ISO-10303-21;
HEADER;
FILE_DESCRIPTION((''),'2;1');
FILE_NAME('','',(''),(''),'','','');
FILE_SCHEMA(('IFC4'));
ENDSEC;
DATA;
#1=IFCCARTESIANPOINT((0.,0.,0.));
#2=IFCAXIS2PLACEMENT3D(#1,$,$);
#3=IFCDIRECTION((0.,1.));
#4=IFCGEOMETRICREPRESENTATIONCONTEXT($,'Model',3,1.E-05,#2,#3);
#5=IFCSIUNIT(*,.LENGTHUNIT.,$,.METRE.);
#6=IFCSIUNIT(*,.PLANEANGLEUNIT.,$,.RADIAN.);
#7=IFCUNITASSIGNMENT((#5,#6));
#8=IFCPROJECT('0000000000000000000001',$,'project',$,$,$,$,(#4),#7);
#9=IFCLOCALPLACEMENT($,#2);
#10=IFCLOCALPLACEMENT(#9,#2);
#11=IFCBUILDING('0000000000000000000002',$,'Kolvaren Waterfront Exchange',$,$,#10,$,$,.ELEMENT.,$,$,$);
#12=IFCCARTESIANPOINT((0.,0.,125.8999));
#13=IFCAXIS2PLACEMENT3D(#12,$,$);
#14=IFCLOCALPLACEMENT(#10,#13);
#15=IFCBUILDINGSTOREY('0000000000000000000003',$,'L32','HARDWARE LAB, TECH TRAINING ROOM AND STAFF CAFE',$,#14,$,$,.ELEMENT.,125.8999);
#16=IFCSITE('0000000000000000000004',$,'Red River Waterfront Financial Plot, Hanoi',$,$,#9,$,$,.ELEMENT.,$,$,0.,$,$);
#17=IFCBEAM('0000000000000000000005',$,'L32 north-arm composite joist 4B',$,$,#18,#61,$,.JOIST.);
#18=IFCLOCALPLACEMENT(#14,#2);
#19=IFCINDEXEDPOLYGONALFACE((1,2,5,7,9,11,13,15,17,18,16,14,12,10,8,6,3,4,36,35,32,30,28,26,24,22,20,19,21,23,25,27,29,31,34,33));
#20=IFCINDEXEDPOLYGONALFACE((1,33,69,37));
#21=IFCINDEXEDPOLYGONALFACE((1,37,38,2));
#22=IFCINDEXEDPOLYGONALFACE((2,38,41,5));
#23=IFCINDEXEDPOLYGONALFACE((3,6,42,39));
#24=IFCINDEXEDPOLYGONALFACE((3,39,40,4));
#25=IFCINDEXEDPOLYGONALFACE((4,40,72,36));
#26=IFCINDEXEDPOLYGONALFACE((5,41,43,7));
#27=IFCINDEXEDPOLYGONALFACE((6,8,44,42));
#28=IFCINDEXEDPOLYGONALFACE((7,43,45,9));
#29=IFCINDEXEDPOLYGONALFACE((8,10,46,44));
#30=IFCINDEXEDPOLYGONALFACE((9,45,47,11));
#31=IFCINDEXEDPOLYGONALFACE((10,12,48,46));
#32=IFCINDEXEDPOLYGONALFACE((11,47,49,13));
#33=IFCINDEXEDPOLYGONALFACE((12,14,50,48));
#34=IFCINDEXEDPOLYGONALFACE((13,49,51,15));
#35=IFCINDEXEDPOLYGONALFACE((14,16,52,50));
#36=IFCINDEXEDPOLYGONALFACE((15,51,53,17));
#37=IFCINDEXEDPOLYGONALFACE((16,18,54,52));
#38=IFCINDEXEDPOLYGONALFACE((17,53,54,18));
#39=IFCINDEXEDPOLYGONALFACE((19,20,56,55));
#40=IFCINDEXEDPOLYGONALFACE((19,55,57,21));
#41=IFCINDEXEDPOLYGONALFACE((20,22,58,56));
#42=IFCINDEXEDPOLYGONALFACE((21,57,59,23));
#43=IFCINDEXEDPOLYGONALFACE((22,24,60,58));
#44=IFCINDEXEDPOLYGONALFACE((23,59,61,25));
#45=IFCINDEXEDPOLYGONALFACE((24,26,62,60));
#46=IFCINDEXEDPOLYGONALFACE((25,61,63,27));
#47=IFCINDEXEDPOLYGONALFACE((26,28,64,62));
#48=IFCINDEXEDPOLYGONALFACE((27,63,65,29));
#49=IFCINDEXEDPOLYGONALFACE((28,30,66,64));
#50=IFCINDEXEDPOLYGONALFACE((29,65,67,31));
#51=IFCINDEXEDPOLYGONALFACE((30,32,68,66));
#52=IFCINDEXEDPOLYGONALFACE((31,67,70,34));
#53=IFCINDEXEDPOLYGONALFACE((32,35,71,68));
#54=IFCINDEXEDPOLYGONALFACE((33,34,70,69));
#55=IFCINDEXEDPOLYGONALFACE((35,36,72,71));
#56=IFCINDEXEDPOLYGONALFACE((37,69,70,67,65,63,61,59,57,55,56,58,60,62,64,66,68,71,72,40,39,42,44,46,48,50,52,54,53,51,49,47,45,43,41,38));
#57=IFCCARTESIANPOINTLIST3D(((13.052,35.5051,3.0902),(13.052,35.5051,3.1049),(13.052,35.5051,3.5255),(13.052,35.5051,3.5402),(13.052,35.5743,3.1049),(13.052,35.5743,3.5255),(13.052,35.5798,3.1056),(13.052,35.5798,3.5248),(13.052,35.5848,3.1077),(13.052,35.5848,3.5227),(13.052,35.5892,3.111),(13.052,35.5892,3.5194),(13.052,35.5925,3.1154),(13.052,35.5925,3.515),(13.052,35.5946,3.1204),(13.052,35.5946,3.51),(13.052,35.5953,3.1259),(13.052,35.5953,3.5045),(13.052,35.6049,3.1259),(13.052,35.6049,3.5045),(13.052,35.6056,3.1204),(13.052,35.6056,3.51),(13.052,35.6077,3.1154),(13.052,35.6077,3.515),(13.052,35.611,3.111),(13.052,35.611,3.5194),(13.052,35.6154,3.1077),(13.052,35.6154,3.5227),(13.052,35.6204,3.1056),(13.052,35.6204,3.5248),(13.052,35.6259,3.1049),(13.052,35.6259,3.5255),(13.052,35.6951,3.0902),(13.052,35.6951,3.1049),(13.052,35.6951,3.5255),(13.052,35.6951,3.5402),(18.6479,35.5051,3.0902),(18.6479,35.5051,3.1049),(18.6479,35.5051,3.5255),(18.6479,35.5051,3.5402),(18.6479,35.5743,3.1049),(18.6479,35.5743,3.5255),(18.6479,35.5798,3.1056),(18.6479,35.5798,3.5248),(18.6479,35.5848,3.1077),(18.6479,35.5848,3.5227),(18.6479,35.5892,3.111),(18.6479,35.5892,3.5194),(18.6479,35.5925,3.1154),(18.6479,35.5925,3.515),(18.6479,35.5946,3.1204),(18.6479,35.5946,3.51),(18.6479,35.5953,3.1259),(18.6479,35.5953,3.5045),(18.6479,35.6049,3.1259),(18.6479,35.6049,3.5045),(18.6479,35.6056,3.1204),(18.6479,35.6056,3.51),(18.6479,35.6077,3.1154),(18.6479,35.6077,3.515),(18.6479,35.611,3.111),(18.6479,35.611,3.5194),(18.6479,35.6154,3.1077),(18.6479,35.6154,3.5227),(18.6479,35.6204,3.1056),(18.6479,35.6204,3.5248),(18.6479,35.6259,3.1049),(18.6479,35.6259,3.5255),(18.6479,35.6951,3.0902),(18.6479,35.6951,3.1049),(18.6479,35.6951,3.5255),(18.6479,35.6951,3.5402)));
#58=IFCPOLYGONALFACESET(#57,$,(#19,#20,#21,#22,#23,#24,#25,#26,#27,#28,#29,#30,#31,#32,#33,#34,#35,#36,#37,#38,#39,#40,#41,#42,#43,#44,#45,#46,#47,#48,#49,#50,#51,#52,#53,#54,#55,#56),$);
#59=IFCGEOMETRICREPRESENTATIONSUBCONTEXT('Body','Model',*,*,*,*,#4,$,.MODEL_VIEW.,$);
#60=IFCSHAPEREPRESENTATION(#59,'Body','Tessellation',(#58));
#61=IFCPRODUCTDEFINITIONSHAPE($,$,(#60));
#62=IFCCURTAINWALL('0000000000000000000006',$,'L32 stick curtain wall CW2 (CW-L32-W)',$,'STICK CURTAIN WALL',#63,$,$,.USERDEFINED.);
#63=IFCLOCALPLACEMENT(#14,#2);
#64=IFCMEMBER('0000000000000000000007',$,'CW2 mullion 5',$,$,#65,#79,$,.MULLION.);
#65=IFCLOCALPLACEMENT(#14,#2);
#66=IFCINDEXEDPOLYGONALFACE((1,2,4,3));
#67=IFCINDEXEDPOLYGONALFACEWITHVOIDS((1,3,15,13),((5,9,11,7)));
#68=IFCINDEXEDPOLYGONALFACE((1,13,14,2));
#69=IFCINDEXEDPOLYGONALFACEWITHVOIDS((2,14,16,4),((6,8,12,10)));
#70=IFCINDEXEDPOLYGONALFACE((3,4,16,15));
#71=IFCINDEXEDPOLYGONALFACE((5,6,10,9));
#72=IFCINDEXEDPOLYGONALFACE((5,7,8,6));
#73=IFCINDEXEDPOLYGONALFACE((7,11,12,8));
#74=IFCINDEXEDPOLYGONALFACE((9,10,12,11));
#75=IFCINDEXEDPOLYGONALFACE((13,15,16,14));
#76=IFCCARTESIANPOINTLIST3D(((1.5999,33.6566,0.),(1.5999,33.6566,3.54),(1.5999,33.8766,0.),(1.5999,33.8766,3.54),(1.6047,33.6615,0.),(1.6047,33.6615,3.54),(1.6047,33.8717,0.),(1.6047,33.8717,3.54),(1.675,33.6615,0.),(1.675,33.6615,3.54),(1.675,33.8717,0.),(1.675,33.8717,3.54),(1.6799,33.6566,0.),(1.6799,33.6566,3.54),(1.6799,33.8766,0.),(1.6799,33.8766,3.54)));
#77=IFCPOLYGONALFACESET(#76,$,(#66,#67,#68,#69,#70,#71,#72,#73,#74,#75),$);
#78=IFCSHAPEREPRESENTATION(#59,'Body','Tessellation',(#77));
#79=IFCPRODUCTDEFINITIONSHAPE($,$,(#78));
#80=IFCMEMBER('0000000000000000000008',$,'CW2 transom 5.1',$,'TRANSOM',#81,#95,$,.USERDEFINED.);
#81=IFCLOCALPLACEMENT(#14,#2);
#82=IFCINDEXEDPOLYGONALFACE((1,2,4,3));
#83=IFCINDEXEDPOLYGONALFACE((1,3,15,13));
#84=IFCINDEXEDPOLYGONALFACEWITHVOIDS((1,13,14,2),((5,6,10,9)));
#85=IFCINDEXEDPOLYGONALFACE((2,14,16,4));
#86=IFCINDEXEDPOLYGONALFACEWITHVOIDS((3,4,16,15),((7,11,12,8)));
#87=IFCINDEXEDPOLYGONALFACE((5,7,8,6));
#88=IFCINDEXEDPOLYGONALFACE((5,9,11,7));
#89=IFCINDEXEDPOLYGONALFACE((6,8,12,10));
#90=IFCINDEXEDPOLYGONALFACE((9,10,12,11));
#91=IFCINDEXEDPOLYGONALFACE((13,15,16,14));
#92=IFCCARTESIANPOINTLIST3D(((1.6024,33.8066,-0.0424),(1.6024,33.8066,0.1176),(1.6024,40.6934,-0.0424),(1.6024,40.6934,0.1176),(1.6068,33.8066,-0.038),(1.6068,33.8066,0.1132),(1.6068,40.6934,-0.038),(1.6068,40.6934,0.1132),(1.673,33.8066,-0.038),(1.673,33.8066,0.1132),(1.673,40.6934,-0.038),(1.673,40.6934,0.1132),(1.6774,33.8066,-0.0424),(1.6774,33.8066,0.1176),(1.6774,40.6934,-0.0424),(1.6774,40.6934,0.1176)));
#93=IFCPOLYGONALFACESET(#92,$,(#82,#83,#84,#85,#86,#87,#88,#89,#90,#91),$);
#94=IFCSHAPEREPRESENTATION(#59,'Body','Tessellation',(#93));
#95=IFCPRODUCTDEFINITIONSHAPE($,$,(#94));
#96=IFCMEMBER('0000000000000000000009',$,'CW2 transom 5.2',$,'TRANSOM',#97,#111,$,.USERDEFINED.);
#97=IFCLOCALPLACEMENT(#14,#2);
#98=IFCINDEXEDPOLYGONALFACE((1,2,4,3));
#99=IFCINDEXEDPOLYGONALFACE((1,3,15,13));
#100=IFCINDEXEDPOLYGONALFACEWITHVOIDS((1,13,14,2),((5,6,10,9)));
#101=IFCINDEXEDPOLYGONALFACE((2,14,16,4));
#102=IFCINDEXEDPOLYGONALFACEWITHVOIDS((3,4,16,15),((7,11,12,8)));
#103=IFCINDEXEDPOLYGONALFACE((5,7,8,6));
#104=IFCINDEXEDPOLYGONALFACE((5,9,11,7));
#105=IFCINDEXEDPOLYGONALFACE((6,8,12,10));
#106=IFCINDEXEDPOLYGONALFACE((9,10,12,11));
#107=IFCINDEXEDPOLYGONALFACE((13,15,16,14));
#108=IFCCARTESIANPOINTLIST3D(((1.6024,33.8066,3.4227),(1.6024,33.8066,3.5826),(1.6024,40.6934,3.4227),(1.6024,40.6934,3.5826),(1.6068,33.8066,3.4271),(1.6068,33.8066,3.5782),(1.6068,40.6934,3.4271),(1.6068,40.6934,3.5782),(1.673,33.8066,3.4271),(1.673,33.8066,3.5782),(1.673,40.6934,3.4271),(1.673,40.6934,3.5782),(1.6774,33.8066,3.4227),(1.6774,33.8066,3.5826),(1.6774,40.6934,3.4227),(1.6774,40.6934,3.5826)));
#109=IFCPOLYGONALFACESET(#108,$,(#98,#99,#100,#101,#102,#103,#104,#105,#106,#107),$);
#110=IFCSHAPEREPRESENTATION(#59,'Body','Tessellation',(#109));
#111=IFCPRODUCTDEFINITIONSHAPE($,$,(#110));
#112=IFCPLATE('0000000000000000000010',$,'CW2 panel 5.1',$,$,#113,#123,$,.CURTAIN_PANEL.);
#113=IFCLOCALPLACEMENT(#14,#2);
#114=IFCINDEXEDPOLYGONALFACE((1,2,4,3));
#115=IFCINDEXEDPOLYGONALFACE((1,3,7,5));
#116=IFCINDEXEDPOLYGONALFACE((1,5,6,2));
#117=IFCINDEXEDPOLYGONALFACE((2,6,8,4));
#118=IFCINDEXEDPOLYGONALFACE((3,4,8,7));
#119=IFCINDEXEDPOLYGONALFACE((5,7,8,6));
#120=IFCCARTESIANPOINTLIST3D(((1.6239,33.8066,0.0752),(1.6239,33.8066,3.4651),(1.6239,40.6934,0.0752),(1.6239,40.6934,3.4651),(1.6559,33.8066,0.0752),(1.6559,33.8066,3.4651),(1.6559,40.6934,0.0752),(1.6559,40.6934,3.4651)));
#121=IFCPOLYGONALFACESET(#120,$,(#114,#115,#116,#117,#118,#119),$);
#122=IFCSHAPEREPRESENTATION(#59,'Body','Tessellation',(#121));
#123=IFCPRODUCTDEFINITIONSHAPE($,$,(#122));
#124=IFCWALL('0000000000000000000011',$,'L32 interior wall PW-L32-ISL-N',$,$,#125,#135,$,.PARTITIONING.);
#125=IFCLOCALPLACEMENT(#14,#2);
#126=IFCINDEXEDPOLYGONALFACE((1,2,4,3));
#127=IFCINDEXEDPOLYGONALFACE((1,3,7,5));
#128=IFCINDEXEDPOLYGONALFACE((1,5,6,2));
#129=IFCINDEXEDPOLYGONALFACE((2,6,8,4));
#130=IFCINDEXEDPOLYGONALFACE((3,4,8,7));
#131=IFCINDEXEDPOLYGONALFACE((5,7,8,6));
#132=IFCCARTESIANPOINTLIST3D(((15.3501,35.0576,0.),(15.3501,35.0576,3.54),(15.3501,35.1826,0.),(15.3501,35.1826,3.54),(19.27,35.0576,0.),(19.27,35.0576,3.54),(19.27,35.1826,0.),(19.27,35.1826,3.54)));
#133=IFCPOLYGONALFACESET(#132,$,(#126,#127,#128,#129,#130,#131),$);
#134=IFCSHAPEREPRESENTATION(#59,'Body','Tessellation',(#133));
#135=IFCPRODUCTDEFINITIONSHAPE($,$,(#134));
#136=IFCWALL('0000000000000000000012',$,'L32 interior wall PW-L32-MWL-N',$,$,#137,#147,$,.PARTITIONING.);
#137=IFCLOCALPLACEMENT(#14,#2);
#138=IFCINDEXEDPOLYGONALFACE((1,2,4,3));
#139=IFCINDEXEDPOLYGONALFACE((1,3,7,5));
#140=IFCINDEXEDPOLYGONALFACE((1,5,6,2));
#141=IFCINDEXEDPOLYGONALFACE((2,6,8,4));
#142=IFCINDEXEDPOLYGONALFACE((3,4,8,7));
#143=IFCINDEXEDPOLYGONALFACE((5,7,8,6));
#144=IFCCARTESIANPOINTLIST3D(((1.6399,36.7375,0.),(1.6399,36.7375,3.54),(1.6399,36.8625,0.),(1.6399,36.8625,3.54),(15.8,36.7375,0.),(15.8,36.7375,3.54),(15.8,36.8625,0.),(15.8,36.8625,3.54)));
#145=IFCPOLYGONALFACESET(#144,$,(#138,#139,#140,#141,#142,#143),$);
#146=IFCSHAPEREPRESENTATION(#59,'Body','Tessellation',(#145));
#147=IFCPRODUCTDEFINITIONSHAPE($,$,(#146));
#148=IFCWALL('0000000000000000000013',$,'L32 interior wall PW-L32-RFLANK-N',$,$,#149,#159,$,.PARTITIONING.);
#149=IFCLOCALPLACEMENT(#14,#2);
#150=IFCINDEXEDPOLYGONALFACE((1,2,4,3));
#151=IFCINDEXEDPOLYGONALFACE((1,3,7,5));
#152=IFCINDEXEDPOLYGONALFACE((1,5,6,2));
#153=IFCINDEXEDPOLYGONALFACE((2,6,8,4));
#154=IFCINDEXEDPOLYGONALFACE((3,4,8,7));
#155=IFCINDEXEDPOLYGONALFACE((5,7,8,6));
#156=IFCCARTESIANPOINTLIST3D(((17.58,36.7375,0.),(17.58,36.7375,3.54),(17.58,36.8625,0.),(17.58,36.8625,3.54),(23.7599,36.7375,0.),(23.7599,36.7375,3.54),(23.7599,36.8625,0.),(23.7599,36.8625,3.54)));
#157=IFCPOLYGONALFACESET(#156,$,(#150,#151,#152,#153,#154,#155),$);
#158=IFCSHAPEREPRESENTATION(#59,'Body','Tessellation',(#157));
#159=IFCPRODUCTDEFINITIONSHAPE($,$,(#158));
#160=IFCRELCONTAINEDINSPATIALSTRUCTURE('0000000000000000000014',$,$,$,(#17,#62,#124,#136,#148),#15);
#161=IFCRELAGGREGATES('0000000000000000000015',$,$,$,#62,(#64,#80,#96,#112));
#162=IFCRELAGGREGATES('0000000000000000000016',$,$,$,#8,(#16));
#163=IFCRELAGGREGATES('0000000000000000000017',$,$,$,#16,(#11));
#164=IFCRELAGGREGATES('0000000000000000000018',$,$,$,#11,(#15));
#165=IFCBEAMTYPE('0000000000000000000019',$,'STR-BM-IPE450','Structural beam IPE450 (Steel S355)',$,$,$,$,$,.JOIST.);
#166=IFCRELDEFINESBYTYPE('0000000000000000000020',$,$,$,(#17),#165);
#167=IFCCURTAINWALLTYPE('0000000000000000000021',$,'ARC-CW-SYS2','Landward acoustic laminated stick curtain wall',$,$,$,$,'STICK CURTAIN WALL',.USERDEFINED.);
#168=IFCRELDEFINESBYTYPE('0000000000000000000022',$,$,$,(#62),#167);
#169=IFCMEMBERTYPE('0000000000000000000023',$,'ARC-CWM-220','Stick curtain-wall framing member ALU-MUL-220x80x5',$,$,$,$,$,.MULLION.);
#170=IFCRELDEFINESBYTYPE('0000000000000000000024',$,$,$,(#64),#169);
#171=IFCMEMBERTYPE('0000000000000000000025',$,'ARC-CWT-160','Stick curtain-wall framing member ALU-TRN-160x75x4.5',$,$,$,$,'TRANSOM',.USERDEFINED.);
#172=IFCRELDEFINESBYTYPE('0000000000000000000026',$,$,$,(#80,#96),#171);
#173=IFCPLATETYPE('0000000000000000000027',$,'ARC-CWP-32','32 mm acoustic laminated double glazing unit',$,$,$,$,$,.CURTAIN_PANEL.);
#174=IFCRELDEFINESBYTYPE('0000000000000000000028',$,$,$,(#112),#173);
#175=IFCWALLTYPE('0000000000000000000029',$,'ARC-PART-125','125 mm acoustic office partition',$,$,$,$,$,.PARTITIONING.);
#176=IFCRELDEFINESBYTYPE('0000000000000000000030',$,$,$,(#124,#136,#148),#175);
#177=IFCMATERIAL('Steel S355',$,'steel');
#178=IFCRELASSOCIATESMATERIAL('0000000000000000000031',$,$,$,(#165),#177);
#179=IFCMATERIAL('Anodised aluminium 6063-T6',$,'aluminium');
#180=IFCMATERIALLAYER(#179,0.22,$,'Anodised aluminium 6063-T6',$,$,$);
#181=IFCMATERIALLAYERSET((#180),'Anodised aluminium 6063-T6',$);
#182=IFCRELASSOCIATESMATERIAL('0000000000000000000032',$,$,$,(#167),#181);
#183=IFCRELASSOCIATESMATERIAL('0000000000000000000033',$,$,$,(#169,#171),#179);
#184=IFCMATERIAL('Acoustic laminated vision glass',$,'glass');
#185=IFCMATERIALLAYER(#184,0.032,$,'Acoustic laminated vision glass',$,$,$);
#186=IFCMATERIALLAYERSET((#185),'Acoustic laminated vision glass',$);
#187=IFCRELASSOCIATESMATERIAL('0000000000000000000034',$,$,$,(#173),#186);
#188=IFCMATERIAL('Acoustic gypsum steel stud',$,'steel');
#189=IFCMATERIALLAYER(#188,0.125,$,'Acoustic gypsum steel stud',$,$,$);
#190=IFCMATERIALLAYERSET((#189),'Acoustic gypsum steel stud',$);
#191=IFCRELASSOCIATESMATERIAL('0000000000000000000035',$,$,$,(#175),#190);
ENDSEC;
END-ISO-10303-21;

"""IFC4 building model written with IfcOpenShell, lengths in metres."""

from ifc_helpers import new_model, si_unit, direction, frame, frame_2d, origin, origin_with_axes, origin_2d, place, context, subcontext, project, spatial, rectangle, hollow_rectangle, i_section, extrude, source, transform, mapped, material, layer, layer_set, material_profile, profile_set, type_object, element, aggregate, save


model = new_model("IFC4")

# Units and contexts
model_context = context("Model", 3, precision=1e-05, world=origin(), true_north=direction((0.0, 1.0)))
body_context = subcontext(model_context, "Body", "Model", "MODEL_VIEW")
ifc_project = project(units=[si_unit("LENGTHUNIT", "METRE"), si_unit("PLANEANGLEUNIT", "RADIAN")], contexts=[model_context])

# Site, building, storey
site_placement = place(None, origin())
site = spatial("IfcSite", under=ifc_project, at=site_placement, Name="Red River Waterfront Financial Plot, Hanoi", CompositionType="ELEMENT", RefElevation=0.0)
building_placement = place(site_placement, origin())
building = spatial("IfcBuilding", under=site, at=building_placement, Name="Kolvaren Waterfront Exchange", CompositionType="ELEMENT")
storey_placement = place(building_placement, frame((0.0, 0.0, 125.8999)))
storey = spatial("IfcBuildingStorey", under=building, at=storey_placement, Name="L32", Description="HARDWARE LAB, TECH TRAINING ROOM AND STAFF CAFE", CompositionType="ELEMENT", Elevation=125.8999)

# Beam
ifc_material_1 = material(Name="Steel S355", Category="steel")
ifc_material_profile_1 = material_profile(ifc_material_1, i_section(OverallWidth=0.1899, OverallDepth=0.45, WebThickness=0.0095, FlangeThickness=0.0146, FilletRadius=0.021, at=origin_2d()), Name="IPE450")
ifc_profile_set_1 = profile_set([ifc_material_profile_1], Name="Steel S355")
beam_type_1 = type_object("IfcBeamType", Name="STR-BM-IPE450", Description="Structural beam IPE450 (Steel S355)", PredefinedType="JOIST", material=ifc_profile_set_1)
beam_1_placement = place(storey_placement, frame((13.052, 35.6001, 3.3152), z_axis=(1.0, 0.0, 0.0), x_axis=(0.0, 1.0, 0.0)))
element("IfcBeam", 1, at=beam_1_placement, inside=storey, type_object=beam_type_1, Name="L32 north-arm composite joist 4B", PredefinedType="JOIST", context=body_context, shape_type="SweptSolid", body=[
    extrude(i_section(OverallWidth=0.1899, OverallDepth=0.45, WebThickness=0.0095, FlangeThickness=0.0146, FilletRadius=0.021, at=origin_2d()), origin(), (0.0, 0.0, 1.0), 5.5959),
])

# Curtain wall, members, plate
ifc_material_2 = material(Name="Anodised aluminium 6063-T6", Category="aluminium")
ifc_layer_1 = layer(ifc_material_2, 0.22, Name="Anodised aluminium 6063-T6")
ifc_layer_set_1 = layer_set([ifc_layer_1], Name="Anodised aluminium 6063-T6")
curtain_wall_type = type_object("IfcCurtainWallType", Name="ARC-CW-SYS2", Description="Landward acoustic laminated stick curtain wall", ElementType="STICK CURTAIN WALL", PredefinedType="USERDEFINED", material=ifc_layer_set_1)
curtain_wall_placement = place(storey_placement, origin())
curtain_wall = element("IfcCurtainWall", 2, at=curtain_wall_placement, inside=storey, type_object=curtain_wall_type, Name="L32 stick curtain wall CW2 (CW-L32-W)", ObjectType="STICK CURTAIN WALL", PredefinedType="USERDEFINED")
ifc_material_profile_2 = material_profile(ifc_material_2, hollow_rectangle(XDim=0.0801, YDim=0.22, WallThickness=0.0049, at=origin_2d()), Name="ALU-MUL-220x80x5")
ifc_profile_set_2 = profile_set([ifc_material_profile_2], Name="Anodised aluminium 6063-T6")
member_type_1 = type_object("IfcMemberType", Name="ARC-CWM-220", Description="Stick curtain-wall framing member ALU-MUL-220x80x5", PredefinedType="MULLION", material=ifc_profile_set_2)
shared_shape_1 = source(origin_with_axes(), body_context, "Body", "SweptSolid", [
    extrude(hollow_rectangle(XDim=0.0801, YDim=0.22, WallThickness=0.0049, at=origin_2d()), origin(), (0.0, 0.0, 1.0), 3.54),
])
member_1_placement = place(storey_placement, frame((1.6399, 33.7666, 0.0), z_axis=(0.0, 0.0, 1.0), x_axis=(-1.0, 0.0, 0.0)))
member_1 = element("IfcMember", 3, at=member_1_placement, type_object=member_type_1, Name="CW2 mullion 5", PredefinedType="MULLION", context=body_context, shape_type="MappedRepresentation", body=[
    mapped(shared_shape_1, transform((0.0, 0.0, 0.0), x_axis=(1.0, 0.0, 0.0), y_axis=(0.0, 1.0, 0.0), z_axis=(0.0, 0.0, 1.0), scale=1.0)),
])
ifc_material_profile_3 = material_profile(ifc_material_2, hollow_rectangle(XDim=0.075, YDim=0.1599, WallThickness=0.0044, at=origin_2d()), Name="ALU-TRN-160x75x4.5")
ifc_profile_set_3 = profile_set([ifc_material_profile_3], Name="Anodised aluminium 6063-T6")
member_type_2 = type_object("IfcMemberType", Name="ARC-CWT-160", Description="Stick curtain-wall framing member ALU-TRN-160x75x4.5", ElementType="TRANSOM", PredefinedType="USERDEFINED", material=ifc_profile_set_3)
shared_shape_2 = source(origin_with_axes(), body_context, "Body", "SweptSolid", [
    extrude(hollow_rectangle(XDim=0.075, YDim=0.1599, WallThickness=0.0044, at=origin_2d()), origin(), (0.0, 0.0, 1.0), 6.8867),
])
member_2_placement = place(storey_placement, frame((1.6399, 33.8066, 0.0376), z_axis=(0.0, 1.0, 0.0), x_axis=(-1.0, 0.0, 0.0)))
member_2 = element("IfcMember", 4, at=member_2_placement, type_object=member_type_2, Name="CW2 transom 5.1", ObjectType="TRANSOM", PredefinedType="USERDEFINED", context=body_context, shape_type="MappedRepresentation", body=[
    mapped(shared_shape_2, transform((0.0, 0.0, 0.0), x_axis=(1.0, 0.0, 0.0), y_axis=(0.0, 1.0, 0.0), z_axis=(0.0, 0.0, 1.0), scale=1.0)),
])
member_3_placement = place(storey_placement, frame((1.6399, 33.8066, 3.5027), z_axis=(0.0, 1.0, 0.0), x_axis=(-1.0, 0.0, 0.0)))
member_3 = element("IfcMember", 5, at=member_3_placement, type_object=member_type_2, Name="CW2 transom 5.2", ObjectType="TRANSOM", PredefinedType="USERDEFINED", context=body_context, shape_type="MappedRepresentation", body=[
    mapped(shared_shape_2, transform((0.0, 0.0, 0.0), x_axis=(1.0, 0.0, 0.0), y_axis=(0.0, 1.0, 0.0), z_axis=(0.0, 0.0, 1.0), scale=1.0)),
])
ifc_material_3 = material(Name="Acoustic laminated vision glass", Category="glass")
ifc_layer_2 = layer(ifc_material_3, 0.032, Name="Acoustic laminated vision glass")
ifc_layer_set_2 = layer_set([ifc_layer_2], Name="Acoustic laminated vision glass")
plate_type = type_object("IfcPlateType", Name="ARC-CWP-32", Description="32 mm acoustic laminated double glazing unit", PredefinedType="CURTAIN_PANEL", material=ifc_layer_set_2)
shared_shape_3 = source(origin_with_axes(), body_context, "Body", "SweptSolid", [
    extrude(rectangle(XDim=6.8867, YDim=0.032, at=origin_2d()), origin(), (0.0, 0.0, 1.0), 3.3899),
])
plate_placement = place(storey_placement, frame((1.6399, 37.25, 0.0752), z_axis=(0.0, 0.0, 1.0), x_axis=(0.0, 1.0, 0.0)))
plate = element("IfcPlate", 6, at=plate_placement, type_object=plate_type, Name="CW2 panel 5.1", PredefinedType="CURTAIN_PANEL", context=body_context, shape_type="MappedRepresentation", body=[
    mapped(shared_shape_3, transform((0.0, 0.0, 0.0), x_axis=(1.0, 0.0, 0.0), y_axis=(0.0, 1.0, 0.0), z_axis=(0.0, 0.0, 1.0), scale=1.0)),
])
aggregate(curtain_wall, [member_1, member_2, member_3, plate])

# Walls
ifc_material_4 = material(Name="Acoustic gypsum steel stud", Category="steel")
ifc_layer_3 = layer(ifc_material_4, 0.125, Name="Acoustic gypsum steel stud")
ifc_layer_set_3 = layer_set([ifc_layer_3], Name="Acoustic gypsum steel stud")
wall_type = type_object("IfcWallType", Name="ARC-PART-125", Description="125 mm acoustic office partition", PredefinedType="PARTITIONING", material=ifc_layer_set_3)
wall_1_placement = place(storey_placement, frame((15.3501, 35.1201, 0.0), z_axis=(0.0, 0.0, 1.0), x_axis=(1.0, 0.0, 0.0)))
element("IfcWall", 7, at=wall_1_placement, inside=storey, type_object=wall_type, Name="L32 interior wall PW-L32-ISL-N", PredefinedType="PARTITIONING", context=body_context, shape_type="SweptSolid", body=[
    extrude(rectangle(XDim=3.9199, YDim=0.125, at=frame_2d((1.96, 0.0))), origin(), (0.0, 0.0, 1.0), 3.54),
])
wall_2_placement = place(storey_placement, frame((1.6399, 36.8, 0.0), z_axis=(0.0, 0.0, 1.0), x_axis=(1.0, 0.0, 0.0)))
element("IfcWall", 8, at=wall_2_placement, inside=storey, type_object=wall_type, Name="L32 interior wall PW-L32-MWL-N", PredefinedType="PARTITIONING", context=body_context, shape_type="SweptSolid", body=[
    extrude(rectangle(XDim=14.1602, YDim=0.125, at=frame_2d((7.0801, 0.0))), origin(), (0.0, 0.0, 1.0), 3.54),
])
wall_3_placement = place(storey_placement, frame((17.5801, 36.8, 0.0), z_axis=(0.0, 0.0, 1.0), x_axis=(1.0, 0.0, 0.0)))
element("IfcWall", 9, at=wall_3_placement, inside=storey, type_object=wall_type, Name="L32 interior wall PW-L32-RFLANK-N", PredefinedType="PARTITIONING", context=body_context, shape_type="SweptSolid", body=[
    extrude(rectangle(XDim=6.1799, YDim=0.125, at=frame_2d((3.0898, 0.0))), origin(), (0.0, 0.0, 1.0), 3.54),
])

save(model, "model.ifc")
